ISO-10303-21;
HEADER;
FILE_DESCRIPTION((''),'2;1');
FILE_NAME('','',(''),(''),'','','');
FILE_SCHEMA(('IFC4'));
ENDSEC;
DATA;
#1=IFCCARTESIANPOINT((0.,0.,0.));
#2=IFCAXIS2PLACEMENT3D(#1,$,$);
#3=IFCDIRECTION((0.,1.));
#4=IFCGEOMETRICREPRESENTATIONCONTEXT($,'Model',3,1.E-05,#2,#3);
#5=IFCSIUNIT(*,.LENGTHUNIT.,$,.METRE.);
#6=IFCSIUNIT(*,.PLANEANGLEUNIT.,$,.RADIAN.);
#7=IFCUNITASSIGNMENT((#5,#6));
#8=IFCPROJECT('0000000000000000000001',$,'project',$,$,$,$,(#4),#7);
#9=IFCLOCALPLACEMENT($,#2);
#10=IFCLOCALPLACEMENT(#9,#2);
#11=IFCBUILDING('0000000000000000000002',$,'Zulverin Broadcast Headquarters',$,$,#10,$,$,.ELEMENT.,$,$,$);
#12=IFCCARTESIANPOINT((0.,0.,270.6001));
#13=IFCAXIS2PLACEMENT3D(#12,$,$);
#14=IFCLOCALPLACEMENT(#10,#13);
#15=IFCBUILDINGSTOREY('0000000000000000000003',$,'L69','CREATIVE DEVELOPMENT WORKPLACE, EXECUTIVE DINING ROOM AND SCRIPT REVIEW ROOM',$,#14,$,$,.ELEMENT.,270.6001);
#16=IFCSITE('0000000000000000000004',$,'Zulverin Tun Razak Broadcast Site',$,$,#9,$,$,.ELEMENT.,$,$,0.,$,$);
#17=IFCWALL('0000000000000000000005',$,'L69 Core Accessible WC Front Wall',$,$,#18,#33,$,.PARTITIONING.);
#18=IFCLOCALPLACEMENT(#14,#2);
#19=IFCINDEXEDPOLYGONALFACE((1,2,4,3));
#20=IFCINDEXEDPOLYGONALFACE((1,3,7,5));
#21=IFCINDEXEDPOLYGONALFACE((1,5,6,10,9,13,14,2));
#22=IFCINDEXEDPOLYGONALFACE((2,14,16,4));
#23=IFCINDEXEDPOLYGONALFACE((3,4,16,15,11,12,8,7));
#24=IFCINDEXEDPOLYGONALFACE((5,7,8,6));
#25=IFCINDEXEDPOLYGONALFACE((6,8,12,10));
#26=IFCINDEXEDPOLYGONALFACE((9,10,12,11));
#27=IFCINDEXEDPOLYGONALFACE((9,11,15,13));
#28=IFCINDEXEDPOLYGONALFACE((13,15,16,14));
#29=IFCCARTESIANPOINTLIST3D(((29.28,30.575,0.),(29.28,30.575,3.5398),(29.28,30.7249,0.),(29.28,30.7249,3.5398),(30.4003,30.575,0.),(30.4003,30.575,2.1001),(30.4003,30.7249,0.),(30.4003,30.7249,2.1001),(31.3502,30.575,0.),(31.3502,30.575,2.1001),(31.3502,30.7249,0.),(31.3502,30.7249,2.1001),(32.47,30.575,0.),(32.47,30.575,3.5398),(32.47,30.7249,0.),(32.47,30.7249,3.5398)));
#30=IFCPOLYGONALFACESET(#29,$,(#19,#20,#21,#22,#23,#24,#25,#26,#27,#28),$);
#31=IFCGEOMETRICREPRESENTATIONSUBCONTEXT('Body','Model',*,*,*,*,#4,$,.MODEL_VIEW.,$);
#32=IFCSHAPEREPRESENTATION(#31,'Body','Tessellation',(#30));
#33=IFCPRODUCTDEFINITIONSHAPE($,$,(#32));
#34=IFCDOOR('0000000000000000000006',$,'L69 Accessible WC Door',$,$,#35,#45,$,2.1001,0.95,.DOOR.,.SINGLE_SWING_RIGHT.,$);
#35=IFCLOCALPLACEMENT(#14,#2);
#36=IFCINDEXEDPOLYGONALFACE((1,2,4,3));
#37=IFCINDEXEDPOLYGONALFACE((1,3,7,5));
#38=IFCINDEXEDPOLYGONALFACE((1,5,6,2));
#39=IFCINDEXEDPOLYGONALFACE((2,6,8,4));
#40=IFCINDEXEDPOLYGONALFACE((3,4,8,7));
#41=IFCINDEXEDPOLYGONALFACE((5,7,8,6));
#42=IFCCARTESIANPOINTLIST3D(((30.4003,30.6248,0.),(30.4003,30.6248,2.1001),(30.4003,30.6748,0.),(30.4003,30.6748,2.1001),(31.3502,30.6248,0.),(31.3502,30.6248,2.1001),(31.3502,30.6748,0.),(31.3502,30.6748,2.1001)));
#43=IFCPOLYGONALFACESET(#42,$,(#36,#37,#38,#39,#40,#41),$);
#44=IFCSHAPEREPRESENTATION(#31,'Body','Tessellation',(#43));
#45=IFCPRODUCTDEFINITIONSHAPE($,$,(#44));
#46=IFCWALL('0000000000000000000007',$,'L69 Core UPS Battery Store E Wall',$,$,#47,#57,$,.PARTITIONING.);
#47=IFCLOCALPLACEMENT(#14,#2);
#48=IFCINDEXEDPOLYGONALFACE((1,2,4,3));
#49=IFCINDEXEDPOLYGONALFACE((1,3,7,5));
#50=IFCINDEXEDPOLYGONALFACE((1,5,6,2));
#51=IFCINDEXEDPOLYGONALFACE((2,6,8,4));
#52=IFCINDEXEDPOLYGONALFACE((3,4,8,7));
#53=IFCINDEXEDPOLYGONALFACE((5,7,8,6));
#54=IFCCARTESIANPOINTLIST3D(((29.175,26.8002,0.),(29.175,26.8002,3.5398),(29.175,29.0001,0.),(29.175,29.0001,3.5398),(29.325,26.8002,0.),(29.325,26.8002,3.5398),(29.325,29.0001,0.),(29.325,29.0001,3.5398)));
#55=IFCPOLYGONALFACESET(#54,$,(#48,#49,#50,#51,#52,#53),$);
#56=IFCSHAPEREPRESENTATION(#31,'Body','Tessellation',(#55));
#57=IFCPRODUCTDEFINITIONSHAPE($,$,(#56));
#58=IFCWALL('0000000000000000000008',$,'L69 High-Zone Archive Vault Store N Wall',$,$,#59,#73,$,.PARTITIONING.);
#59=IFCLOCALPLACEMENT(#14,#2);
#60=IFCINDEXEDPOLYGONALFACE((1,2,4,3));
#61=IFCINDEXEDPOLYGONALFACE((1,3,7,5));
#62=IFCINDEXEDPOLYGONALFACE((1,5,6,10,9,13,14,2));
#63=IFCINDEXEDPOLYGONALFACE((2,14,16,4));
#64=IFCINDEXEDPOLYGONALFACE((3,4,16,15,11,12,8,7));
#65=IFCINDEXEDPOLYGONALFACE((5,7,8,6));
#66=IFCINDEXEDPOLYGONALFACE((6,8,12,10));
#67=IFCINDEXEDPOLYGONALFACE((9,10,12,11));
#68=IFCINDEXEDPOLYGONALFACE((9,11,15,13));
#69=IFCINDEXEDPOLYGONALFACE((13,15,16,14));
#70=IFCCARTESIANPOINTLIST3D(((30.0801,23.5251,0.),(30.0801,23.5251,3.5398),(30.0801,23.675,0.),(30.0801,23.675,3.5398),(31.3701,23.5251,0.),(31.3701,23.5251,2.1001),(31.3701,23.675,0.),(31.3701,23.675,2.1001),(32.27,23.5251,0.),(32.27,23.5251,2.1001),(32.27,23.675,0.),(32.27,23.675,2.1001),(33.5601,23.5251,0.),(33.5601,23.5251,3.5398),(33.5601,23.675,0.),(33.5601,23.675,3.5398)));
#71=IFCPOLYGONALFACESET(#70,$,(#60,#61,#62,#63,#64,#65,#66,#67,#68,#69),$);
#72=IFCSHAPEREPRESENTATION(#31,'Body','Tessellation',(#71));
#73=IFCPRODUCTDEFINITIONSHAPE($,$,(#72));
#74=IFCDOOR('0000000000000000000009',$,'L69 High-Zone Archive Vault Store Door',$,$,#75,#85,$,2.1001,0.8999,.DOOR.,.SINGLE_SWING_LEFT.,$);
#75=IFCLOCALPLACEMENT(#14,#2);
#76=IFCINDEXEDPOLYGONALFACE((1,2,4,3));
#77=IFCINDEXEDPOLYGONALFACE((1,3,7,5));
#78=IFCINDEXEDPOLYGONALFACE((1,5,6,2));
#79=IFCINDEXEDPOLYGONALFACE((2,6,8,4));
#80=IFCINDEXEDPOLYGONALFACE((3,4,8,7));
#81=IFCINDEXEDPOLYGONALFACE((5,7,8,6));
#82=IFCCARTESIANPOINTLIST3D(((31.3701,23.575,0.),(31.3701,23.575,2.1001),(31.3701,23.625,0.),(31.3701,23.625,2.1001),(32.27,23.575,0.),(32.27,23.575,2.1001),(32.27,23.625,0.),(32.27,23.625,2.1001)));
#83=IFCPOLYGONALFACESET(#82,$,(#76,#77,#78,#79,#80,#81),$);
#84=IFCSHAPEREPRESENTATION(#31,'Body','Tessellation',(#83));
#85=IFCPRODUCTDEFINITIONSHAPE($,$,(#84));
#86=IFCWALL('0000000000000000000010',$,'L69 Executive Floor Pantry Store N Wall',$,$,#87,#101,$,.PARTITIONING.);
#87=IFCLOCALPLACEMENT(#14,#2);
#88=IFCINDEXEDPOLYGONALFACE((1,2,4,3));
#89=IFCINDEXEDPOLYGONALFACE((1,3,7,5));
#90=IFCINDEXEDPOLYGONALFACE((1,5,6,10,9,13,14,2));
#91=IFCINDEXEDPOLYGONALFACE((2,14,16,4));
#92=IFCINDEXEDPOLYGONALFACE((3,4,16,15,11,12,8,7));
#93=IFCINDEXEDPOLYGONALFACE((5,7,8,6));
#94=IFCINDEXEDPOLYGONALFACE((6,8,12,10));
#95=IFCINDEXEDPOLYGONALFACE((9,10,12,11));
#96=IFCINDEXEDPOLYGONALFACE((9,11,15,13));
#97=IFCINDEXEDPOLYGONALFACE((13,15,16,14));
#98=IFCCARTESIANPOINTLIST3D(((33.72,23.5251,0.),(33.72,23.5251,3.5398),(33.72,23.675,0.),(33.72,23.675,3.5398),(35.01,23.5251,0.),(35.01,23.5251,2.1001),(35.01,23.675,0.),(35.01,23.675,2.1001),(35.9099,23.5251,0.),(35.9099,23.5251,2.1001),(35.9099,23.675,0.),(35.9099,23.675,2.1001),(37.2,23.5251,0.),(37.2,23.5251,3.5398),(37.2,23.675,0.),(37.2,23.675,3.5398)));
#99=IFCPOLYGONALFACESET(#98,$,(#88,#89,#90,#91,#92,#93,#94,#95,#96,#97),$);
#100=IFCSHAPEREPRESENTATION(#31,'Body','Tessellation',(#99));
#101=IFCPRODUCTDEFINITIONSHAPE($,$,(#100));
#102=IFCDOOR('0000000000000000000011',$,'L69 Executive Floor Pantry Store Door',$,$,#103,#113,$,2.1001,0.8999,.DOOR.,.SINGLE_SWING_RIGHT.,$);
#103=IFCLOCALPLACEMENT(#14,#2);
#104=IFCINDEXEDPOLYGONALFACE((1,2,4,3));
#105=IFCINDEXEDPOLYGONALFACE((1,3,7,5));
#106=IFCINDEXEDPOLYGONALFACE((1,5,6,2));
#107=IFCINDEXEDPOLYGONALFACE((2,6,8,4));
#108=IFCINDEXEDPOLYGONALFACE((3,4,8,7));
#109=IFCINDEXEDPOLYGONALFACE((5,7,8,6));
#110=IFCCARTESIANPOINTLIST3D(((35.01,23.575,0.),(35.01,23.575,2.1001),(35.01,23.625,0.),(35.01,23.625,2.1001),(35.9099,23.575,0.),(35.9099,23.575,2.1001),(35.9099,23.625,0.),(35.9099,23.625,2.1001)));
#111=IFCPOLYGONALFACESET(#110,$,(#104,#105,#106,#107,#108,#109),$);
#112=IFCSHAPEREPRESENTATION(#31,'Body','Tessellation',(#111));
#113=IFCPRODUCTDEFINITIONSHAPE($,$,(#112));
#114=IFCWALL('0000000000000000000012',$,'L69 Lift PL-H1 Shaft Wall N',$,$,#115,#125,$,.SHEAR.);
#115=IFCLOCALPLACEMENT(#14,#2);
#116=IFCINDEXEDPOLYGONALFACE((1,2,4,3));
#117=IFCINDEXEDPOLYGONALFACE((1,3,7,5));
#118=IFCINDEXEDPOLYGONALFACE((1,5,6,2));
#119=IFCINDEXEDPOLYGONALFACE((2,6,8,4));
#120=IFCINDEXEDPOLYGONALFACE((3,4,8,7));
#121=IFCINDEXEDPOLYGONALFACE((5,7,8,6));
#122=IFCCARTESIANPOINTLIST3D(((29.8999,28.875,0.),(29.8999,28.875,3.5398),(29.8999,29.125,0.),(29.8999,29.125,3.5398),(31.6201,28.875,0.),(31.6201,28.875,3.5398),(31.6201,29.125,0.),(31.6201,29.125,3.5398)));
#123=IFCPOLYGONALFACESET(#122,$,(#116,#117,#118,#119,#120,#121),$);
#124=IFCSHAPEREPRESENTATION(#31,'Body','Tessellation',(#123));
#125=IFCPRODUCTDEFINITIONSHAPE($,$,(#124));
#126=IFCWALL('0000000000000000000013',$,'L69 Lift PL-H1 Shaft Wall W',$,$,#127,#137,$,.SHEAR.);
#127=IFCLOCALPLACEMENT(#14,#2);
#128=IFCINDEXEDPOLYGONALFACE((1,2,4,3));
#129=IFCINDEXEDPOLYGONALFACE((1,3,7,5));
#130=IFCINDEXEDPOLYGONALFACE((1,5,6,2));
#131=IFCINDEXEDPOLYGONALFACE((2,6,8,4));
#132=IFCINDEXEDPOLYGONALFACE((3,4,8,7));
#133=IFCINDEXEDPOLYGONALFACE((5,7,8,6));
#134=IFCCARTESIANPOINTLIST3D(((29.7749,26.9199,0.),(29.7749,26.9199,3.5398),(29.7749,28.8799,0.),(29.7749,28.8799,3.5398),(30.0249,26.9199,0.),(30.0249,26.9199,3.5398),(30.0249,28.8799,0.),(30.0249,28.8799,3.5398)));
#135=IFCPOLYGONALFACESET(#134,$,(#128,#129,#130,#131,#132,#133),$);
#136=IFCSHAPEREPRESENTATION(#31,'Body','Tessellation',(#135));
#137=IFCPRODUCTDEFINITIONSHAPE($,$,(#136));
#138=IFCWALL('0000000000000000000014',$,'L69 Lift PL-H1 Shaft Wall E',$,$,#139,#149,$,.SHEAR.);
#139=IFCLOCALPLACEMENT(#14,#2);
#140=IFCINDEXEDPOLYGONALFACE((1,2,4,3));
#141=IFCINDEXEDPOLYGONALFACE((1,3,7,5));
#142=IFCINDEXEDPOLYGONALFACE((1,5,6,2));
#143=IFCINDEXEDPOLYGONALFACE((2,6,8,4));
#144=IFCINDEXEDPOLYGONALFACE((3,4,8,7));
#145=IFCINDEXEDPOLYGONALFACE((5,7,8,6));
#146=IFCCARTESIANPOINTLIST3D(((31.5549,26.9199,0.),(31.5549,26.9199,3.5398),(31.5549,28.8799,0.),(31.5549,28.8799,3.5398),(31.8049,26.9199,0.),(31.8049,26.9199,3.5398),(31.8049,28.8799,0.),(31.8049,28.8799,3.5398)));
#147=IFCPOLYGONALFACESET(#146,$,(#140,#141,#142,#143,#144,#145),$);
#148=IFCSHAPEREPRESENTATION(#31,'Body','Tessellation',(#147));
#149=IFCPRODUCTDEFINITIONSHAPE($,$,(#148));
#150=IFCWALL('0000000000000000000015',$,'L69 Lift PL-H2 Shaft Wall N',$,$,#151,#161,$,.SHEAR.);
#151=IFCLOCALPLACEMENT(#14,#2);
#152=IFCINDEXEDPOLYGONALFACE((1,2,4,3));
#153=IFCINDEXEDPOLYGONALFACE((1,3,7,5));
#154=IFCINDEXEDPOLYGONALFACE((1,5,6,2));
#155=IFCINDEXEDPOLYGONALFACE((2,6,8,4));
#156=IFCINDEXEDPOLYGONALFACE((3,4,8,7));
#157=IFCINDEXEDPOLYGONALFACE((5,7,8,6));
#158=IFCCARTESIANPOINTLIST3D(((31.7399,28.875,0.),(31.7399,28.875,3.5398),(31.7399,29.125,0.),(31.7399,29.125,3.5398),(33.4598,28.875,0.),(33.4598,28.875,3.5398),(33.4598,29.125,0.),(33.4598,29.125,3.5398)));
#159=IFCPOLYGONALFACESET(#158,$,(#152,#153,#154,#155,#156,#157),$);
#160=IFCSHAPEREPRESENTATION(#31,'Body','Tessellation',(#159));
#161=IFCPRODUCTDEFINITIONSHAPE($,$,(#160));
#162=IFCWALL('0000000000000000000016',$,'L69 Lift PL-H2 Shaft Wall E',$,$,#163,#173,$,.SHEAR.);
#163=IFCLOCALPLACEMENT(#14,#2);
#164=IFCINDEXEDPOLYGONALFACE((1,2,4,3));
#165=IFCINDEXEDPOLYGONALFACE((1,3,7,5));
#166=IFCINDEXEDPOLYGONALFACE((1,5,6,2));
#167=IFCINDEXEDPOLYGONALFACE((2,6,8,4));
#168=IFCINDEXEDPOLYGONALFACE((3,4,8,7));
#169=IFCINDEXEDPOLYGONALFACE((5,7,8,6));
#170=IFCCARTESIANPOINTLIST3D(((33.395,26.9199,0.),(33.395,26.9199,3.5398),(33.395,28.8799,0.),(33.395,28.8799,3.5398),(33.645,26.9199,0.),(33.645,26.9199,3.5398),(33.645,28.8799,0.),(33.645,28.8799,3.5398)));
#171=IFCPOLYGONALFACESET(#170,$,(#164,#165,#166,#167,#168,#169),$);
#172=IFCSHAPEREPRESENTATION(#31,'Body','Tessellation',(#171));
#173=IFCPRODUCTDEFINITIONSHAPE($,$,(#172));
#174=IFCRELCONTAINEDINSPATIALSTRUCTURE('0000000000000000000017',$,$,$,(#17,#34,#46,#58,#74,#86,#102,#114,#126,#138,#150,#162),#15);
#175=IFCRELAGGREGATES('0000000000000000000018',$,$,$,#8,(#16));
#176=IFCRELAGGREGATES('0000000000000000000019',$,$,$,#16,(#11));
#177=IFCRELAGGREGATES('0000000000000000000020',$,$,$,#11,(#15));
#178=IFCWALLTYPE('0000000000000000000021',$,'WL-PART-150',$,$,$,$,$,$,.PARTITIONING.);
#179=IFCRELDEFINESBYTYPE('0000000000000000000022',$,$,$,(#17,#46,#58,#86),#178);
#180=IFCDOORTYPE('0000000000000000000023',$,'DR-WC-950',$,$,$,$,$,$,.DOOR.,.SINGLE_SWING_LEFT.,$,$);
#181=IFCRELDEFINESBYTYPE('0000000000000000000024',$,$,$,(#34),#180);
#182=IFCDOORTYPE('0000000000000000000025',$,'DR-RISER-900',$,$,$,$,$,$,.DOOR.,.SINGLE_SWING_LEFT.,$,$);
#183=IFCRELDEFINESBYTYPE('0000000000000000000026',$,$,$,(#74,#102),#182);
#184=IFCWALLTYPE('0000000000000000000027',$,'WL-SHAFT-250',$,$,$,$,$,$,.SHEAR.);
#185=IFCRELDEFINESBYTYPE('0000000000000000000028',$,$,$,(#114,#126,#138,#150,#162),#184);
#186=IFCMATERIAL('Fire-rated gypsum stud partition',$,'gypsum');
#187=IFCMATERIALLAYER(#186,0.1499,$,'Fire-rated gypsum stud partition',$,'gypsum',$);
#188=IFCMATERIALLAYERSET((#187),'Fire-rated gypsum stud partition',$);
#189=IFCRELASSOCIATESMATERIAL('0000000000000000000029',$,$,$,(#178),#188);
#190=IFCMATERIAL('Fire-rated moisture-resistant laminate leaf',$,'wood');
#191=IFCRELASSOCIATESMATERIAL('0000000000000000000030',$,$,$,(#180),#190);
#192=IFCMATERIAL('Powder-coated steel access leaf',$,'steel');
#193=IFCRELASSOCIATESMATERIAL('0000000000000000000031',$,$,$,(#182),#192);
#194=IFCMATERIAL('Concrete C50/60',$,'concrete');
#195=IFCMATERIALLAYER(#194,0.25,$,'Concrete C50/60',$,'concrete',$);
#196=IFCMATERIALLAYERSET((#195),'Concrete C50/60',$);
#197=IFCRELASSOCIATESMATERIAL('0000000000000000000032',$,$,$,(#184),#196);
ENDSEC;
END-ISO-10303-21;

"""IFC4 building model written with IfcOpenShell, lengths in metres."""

from ifc_helpers import new_model, si_unit, direction, frame, frame_2d, origin, place, context, subcontext, project, spatial, rectangle, extrude, material, layer, layer_set, type_object, element, fill, save


model = new_model("IFC4")

# Units and contexts
model_context = context("Model", 3, precision=1e-05, world=origin(), true_north=direction((0.0, 1.0)))
body_context = subcontext(model_context, "Body", "Model", "MODEL_VIEW")
ifc_project = project(units=[si_unit("LENGTHUNIT", "METRE"), si_unit("PLANEANGLEUNIT", "RADIAN")], contexts=[model_context])

# Site, building, storey
site_placement = place(None, origin())
site = spatial("IfcSite", under=ifc_project, at=site_placement, Name="Zulverin Tun Razak Broadcast Site", CompositionType="ELEMENT", RefElevation=0.0)
building_placement = place(site_placement, origin())
building = spatial("IfcBuilding", under=site, at=building_placement, Name="Zulverin Broadcast Headquarters", CompositionType="ELEMENT")
storey_placement = place(building_placement, frame((0.0, 0.0, 270.6001)))
storey = spatial("IfcBuildingStorey", under=building, at=storey_placement, Name="L69", Description="CREATIVE DEVELOPMENT WORKPLACE, EXECUTIVE DINING ROOM AND SCRIPT REVIEW ROOM", CompositionType="ELEMENT", Elevation=270.6001)

# Wall, opening, door
ifc_material_1 = material(Name="Fire-rated gypsum stud partition", Category="gypsum")
ifc_layer_1 = layer(ifc_material_1, 0.1499, Name="Fire-rated gypsum stud partition", Category="gypsum")
ifc_layer_set_1 = layer_set([ifc_layer_1], Name="Fire-rated gypsum stud partition")
wall_type_1 = type_object("IfcWallType", Name="WL-PART-150", PredefinedType="PARTITIONING", material=ifc_layer_set_1)
wall_1_placement = place(storey_placement, frame((29.28, 30.6499, 0.0), z_axis=(0.0, 0.0, 1.0), x_axis=(1.0, 0.0, 0.0)))
wall_1 = element("IfcWall", 1, at=wall_1_placement, inside=storey, type_object=wall_type_1, Name="L69 Core Accessible WC Front Wall", PredefinedType="PARTITIONING", context=body_context, shape_type="SweptSolid", body=[
    extrude(rectangle(XDim=3.1899, YDim=0.1499, at=frame_2d((1.595, 0.0))), origin(), (0.0, 0.0, 1.0), 3.5398),
])
opening_1_placement = place(wall_1_placement, frame((1.1201, 0.0, 0.0)))
opening_1 = element("IfcOpeningElement", 2, at=opening_1_placement, cuts=wall_1, PredefinedType="OPENING", context=body_context, shape_type="SweptSolid", body=[
    extrude(rectangle(XDim=0.95, YDim=2.1001, at=frame_2d((0.4751, 1.05))), frame((0.0, 0.085, 0.0), z_axis=(0.0, -1.0, 0.0), x_axis=(1.0, 0.0, 0.0)), (0.0, 0.0, 1.0), 0.1699),
])
ifc_material_2 = material(Name="Fire-rated moisture-resistant laminate leaf", Category="wood")
door_type_1 = type_object("IfcDoorType", Name="DR-WC-950", OperationType="SINGLE_SWING_LEFT", PredefinedType="DOOR", material=ifc_material_2)
door_1_placement = place(opening_1_placement, origin())
door_1 = element("IfcDoor", 3, at=door_1_placement, inside=storey, type_object=door_type_1, Name="L69 Accessible WC Door", OperationType="SINGLE_SWING_RIGHT", OverallHeight=2.1001, OverallWidth=0.95, PredefinedType="DOOR", context=body_context, shape_type="SweptSolid", body=[
    extrude(rectangle(XDim=0.95, YDim=2.1001, at=frame_2d((0.4751, 1.05))), frame((0.0, 0.0249, 0.0), z_axis=(0.0, -1.0, 0.0), x_axis=(1.0, 0.0, 0.0)), (0.0, 0.0, 1.0), 0.05),
])
fill(opening_1, door_1)

# Wall
wall_2_placement = place(storey_placement, frame((29.25, 26.8, 0.0), z_axis=(0.0, 0.0, 1.0), x_axis=(0.0, 1.0, 0.0)))
element("IfcWall", 4, at=wall_2_placement, inside=storey, type_object=wall_type_1, Name="L69 Core UPS Battery Store E Wall", PredefinedType="PARTITIONING", context=body_context, shape_type="SweptSolid", body=[
    extrude(rectangle(XDim=2.2, YDim=0.1499, at=frame_2d((1.1001, 0.0))), origin(), (0.0, 0.0, 1.0), 3.5398),
])

# Walls, openings, doors
wall_3_placement = place(storey_placement, frame((30.0801, 23.6001, 0.0), z_axis=(0.0, 0.0, 1.0), x_axis=(1.0, 0.0, 0.0)))
wall_3 = element("IfcWall", 5, at=wall_3_placement, inside=storey, type_object=wall_type_1, Name="L69 High-Zone Archive Vault Store N Wall", PredefinedType="PARTITIONING", context=body_context, shape_type="SweptSolid", body=[
    extrude(rectangle(XDim=3.48, YDim=0.1499, at=frame_2d((1.74, 0.0))), origin(), (0.0, 0.0, 1.0), 3.5398),
])
opening_2_placement = place(wall_3_placement, frame((1.29, 0.0, 0.0)))
opening_2 = element("IfcOpeningElement", 6, at=opening_2_placement, cuts=wall_3, PredefinedType="OPENING", context=body_context, shape_type="SweptSolid", body=[
    extrude(rectangle(XDim=0.8999, YDim=2.1001, at=frame_2d((0.45, 1.05))), frame((0.0, 0.085, 0.0), z_axis=(0.0, -1.0, 0.0), x_axis=(1.0, 0.0, 0.0)), (0.0, 0.0, 1.0), 0.1699),
])
ifc_material_3 = material(Name="Powder-coated steel access leaf", Category="steel")
door_type_2 = type_object("IfcDoorType", Name="DR-RISER-900", OperationType="SINGLE_SWING_LEFT", PredefinedType="DOOR", material=ifc_material_3)
door_2_placement = place(opening_2_placement, origin())
door_2 = element("IfcDoor", 7, at=door_2_placement, inside=storey, type_object=door_type_2, Name="L69 High-Zone Archive Vault Store Door", OperationType="SINGLE_SWING_LEFT", OverallHeight=2.1001, OverallWidth=0.8999, PredefinedType="DOOR", context=body_context, shape_type="SweptSolid", body=[
    extrude(rectangle(XDim=0.8999, YDim=2.1001, at=frame_2d((0.45, 1.05))), frame((0.0, 0.0249, 0.0), z_axis=(0.0, -1.0, 0.0), x_axis=(1.0, 0.0, 0.0)), (0.0, 0.0, 1.0), 0.05),
])
fill(opening_2, door_2)
wall_4_placement = place(storey_placement, frame((33.72, 23.6001, 0.0), z_axis=(0.0, 0.0, 1.0), x_axis=(1.0, 0.0, 0.0)))
wall_4 = element("IfcWall", 8, at=wall_4_placement, inside=storey, type_object=wall_type_1, Name="L69 Executive Floor Pantry Store N Wall", PredefinedType="PARTITIONING", context=body_context, shape_type="SweptSolid", body=[
    extrude(rectangle(XDim=3.48, YDim=0.1499, at=frame_2d((1.74, 0.0))), origin(), (0.0, 0.0, 1.0), 3.5398),
])
opening_3_placement = place(wall_4_placement, frame((1.29, 0.0, 0.0)))
opening_3 = element("IfcOpeningElement", 9, at=opening_3_placement, cuts=wall_4, PredefinedType="OPENING", context=body_context, shape_type="SweptSolid", body=[
    extrude(rectangle(XDim=0.8999, YDim=2.1001, at=frame_2d((0.45, 1.05))), frame((0.0, 0.085, 0.0), z_axis=(0.0, -1.0, 0.0), x_axis=(1.0, 0.0, 0.0)), (0.0, 0.0, 1.0), 0.1699),
])
door_3_placement = place(opening_3_placement, origin())
door_3 = element("IfcDoor", 10, at=door_3_placement, inside=storey, type_object=door_type_2, Name="L69 Executive Floor Pantry Store Door", OperationType="SINGLE_SWING_RIGHT", OverallHeight=2.1001, OverallWidth=0.8999, PredefinedType="DOOR", context=body_context, shape_type="SweptSolid", body=[
    extrude(rectangle(XDim=0.8999, YDim=2.1001, at=frame_2d((0.45, 1.05))), frame((0.0, 0.0249, 0.0), z_axis=(0.0, -1.0, 0.0), x_axis=(1.0, 0.0, 0.0)), (0.0, 0.0, 1.0), 0.05),
])
fill(opening_3, door_3)
ifc_material_4 = material(Name="Concrete C50/60", Category="concrete")
ifc_layer_2 = layer(ifc_material_4, 0.25, Name="Concrete C50/60", Category="concrete")
ifc_layer_set_2 = layer_set([ifc_layer_2], Name="Concrete C50/60")
wall_type_2 = type_object("IfcWallType", Name="WL-SHAFT-250", PredefinedType="SHEAR", material=ifc_layer_set_2)

# Walls
wall_5_placement = place(storey_placement, frame((29.8999, 29.0, 0.0), z_axis=(0.0, 0.0, 1.0), x_axis=(1.0, 0.0, 0.0)))
element("IfcWall", 11, at=wall_5_placement, inside=storey, type_object=wall_type_2, Name="L69 Lift PL-H1 Shaft Wall N", PredefinedType="SHEAR", context=body_context, shape_type="SweptSolid", body=[
    extrude(rectangle(XDim=1.7202, YDim=0.25, at=frame_2d((0.8601, 0.0))), origin(), (0.0, 0.0, 1.0), 3.5398),
])
for number, where, z_axis, x_axis, name in (
    (12, (29.8999, 26.9199, 0.0), (0.0, 0.0, 1.0), (0.0, 1.0, 0.0), "L69 Lift PL-H1 Shaft Wall W"),
    (13, (31.6799, 26.9199, 0.0), (0.0, 0.0, 1.0), (0.0, 1.0, 0.0), "L69 Lift PL-H1 Shaft Wall E"),
):
    element("IfcWall", number, at=place(storey_placement, frame(where, z_axis=z_axis, x_axis=x_axis)), inside=storey, type_object=wall_type_2, Name=name, PredefinedType="SHEAR", context=body_context, shape_type="SweptSolid", body=[
        extrude(rectangle(XDim=1.96, YDim=0.25, at=frame_2d((0.98, 0.0))), origin(), (0.0, 0.0, 1.0), 3.5398),
    ])

# Walls
wall_6_placement = place(storey_placement, frame((31.74, 29.0, 0.0), z_axis=(0.0, 0.0, 1.0), x_axis=(1.0, 0.0, 0.0)))
element("IfcWall", 14, at=wall_6_placement, inside=storey, type_object=wall_type_2, Name="L69 Lift PL-H2 Shaft Wall N", PredefinedType="SHEAR", context=body_context, shape_type="SweptSolid", body=[
    extrude(rectangle(XDim=1.72, YDim=0.25, at=frame_2d((0.8599, 0.0))), origin(), (0.0, 0.0, 1.0), 3.5398),
])
wall_7_placement = place(storey_placement, frame((33.52, 26.9199, 0.0), z_axis=(0.0, 0.0, 1.0), x_axis=(0.0, 1.0, 0.0)))
element("IfcWall", 15, at=wall_7_placement, inside=storey, type_object=wall_type_2, Name="L69 Lift PL-H2 Shaft Wall E", PredefinedType="SHEAR", context=body_context, shape_type="SweptSolid", body=[
    extrude(rectangle(XDim=1.96, YDim=0.25, at=frame_2d((0.98, 0.0))), origin(), (0.0, 0.0, 1.0), 3.5398),
])

save(model, "model.ifc")
